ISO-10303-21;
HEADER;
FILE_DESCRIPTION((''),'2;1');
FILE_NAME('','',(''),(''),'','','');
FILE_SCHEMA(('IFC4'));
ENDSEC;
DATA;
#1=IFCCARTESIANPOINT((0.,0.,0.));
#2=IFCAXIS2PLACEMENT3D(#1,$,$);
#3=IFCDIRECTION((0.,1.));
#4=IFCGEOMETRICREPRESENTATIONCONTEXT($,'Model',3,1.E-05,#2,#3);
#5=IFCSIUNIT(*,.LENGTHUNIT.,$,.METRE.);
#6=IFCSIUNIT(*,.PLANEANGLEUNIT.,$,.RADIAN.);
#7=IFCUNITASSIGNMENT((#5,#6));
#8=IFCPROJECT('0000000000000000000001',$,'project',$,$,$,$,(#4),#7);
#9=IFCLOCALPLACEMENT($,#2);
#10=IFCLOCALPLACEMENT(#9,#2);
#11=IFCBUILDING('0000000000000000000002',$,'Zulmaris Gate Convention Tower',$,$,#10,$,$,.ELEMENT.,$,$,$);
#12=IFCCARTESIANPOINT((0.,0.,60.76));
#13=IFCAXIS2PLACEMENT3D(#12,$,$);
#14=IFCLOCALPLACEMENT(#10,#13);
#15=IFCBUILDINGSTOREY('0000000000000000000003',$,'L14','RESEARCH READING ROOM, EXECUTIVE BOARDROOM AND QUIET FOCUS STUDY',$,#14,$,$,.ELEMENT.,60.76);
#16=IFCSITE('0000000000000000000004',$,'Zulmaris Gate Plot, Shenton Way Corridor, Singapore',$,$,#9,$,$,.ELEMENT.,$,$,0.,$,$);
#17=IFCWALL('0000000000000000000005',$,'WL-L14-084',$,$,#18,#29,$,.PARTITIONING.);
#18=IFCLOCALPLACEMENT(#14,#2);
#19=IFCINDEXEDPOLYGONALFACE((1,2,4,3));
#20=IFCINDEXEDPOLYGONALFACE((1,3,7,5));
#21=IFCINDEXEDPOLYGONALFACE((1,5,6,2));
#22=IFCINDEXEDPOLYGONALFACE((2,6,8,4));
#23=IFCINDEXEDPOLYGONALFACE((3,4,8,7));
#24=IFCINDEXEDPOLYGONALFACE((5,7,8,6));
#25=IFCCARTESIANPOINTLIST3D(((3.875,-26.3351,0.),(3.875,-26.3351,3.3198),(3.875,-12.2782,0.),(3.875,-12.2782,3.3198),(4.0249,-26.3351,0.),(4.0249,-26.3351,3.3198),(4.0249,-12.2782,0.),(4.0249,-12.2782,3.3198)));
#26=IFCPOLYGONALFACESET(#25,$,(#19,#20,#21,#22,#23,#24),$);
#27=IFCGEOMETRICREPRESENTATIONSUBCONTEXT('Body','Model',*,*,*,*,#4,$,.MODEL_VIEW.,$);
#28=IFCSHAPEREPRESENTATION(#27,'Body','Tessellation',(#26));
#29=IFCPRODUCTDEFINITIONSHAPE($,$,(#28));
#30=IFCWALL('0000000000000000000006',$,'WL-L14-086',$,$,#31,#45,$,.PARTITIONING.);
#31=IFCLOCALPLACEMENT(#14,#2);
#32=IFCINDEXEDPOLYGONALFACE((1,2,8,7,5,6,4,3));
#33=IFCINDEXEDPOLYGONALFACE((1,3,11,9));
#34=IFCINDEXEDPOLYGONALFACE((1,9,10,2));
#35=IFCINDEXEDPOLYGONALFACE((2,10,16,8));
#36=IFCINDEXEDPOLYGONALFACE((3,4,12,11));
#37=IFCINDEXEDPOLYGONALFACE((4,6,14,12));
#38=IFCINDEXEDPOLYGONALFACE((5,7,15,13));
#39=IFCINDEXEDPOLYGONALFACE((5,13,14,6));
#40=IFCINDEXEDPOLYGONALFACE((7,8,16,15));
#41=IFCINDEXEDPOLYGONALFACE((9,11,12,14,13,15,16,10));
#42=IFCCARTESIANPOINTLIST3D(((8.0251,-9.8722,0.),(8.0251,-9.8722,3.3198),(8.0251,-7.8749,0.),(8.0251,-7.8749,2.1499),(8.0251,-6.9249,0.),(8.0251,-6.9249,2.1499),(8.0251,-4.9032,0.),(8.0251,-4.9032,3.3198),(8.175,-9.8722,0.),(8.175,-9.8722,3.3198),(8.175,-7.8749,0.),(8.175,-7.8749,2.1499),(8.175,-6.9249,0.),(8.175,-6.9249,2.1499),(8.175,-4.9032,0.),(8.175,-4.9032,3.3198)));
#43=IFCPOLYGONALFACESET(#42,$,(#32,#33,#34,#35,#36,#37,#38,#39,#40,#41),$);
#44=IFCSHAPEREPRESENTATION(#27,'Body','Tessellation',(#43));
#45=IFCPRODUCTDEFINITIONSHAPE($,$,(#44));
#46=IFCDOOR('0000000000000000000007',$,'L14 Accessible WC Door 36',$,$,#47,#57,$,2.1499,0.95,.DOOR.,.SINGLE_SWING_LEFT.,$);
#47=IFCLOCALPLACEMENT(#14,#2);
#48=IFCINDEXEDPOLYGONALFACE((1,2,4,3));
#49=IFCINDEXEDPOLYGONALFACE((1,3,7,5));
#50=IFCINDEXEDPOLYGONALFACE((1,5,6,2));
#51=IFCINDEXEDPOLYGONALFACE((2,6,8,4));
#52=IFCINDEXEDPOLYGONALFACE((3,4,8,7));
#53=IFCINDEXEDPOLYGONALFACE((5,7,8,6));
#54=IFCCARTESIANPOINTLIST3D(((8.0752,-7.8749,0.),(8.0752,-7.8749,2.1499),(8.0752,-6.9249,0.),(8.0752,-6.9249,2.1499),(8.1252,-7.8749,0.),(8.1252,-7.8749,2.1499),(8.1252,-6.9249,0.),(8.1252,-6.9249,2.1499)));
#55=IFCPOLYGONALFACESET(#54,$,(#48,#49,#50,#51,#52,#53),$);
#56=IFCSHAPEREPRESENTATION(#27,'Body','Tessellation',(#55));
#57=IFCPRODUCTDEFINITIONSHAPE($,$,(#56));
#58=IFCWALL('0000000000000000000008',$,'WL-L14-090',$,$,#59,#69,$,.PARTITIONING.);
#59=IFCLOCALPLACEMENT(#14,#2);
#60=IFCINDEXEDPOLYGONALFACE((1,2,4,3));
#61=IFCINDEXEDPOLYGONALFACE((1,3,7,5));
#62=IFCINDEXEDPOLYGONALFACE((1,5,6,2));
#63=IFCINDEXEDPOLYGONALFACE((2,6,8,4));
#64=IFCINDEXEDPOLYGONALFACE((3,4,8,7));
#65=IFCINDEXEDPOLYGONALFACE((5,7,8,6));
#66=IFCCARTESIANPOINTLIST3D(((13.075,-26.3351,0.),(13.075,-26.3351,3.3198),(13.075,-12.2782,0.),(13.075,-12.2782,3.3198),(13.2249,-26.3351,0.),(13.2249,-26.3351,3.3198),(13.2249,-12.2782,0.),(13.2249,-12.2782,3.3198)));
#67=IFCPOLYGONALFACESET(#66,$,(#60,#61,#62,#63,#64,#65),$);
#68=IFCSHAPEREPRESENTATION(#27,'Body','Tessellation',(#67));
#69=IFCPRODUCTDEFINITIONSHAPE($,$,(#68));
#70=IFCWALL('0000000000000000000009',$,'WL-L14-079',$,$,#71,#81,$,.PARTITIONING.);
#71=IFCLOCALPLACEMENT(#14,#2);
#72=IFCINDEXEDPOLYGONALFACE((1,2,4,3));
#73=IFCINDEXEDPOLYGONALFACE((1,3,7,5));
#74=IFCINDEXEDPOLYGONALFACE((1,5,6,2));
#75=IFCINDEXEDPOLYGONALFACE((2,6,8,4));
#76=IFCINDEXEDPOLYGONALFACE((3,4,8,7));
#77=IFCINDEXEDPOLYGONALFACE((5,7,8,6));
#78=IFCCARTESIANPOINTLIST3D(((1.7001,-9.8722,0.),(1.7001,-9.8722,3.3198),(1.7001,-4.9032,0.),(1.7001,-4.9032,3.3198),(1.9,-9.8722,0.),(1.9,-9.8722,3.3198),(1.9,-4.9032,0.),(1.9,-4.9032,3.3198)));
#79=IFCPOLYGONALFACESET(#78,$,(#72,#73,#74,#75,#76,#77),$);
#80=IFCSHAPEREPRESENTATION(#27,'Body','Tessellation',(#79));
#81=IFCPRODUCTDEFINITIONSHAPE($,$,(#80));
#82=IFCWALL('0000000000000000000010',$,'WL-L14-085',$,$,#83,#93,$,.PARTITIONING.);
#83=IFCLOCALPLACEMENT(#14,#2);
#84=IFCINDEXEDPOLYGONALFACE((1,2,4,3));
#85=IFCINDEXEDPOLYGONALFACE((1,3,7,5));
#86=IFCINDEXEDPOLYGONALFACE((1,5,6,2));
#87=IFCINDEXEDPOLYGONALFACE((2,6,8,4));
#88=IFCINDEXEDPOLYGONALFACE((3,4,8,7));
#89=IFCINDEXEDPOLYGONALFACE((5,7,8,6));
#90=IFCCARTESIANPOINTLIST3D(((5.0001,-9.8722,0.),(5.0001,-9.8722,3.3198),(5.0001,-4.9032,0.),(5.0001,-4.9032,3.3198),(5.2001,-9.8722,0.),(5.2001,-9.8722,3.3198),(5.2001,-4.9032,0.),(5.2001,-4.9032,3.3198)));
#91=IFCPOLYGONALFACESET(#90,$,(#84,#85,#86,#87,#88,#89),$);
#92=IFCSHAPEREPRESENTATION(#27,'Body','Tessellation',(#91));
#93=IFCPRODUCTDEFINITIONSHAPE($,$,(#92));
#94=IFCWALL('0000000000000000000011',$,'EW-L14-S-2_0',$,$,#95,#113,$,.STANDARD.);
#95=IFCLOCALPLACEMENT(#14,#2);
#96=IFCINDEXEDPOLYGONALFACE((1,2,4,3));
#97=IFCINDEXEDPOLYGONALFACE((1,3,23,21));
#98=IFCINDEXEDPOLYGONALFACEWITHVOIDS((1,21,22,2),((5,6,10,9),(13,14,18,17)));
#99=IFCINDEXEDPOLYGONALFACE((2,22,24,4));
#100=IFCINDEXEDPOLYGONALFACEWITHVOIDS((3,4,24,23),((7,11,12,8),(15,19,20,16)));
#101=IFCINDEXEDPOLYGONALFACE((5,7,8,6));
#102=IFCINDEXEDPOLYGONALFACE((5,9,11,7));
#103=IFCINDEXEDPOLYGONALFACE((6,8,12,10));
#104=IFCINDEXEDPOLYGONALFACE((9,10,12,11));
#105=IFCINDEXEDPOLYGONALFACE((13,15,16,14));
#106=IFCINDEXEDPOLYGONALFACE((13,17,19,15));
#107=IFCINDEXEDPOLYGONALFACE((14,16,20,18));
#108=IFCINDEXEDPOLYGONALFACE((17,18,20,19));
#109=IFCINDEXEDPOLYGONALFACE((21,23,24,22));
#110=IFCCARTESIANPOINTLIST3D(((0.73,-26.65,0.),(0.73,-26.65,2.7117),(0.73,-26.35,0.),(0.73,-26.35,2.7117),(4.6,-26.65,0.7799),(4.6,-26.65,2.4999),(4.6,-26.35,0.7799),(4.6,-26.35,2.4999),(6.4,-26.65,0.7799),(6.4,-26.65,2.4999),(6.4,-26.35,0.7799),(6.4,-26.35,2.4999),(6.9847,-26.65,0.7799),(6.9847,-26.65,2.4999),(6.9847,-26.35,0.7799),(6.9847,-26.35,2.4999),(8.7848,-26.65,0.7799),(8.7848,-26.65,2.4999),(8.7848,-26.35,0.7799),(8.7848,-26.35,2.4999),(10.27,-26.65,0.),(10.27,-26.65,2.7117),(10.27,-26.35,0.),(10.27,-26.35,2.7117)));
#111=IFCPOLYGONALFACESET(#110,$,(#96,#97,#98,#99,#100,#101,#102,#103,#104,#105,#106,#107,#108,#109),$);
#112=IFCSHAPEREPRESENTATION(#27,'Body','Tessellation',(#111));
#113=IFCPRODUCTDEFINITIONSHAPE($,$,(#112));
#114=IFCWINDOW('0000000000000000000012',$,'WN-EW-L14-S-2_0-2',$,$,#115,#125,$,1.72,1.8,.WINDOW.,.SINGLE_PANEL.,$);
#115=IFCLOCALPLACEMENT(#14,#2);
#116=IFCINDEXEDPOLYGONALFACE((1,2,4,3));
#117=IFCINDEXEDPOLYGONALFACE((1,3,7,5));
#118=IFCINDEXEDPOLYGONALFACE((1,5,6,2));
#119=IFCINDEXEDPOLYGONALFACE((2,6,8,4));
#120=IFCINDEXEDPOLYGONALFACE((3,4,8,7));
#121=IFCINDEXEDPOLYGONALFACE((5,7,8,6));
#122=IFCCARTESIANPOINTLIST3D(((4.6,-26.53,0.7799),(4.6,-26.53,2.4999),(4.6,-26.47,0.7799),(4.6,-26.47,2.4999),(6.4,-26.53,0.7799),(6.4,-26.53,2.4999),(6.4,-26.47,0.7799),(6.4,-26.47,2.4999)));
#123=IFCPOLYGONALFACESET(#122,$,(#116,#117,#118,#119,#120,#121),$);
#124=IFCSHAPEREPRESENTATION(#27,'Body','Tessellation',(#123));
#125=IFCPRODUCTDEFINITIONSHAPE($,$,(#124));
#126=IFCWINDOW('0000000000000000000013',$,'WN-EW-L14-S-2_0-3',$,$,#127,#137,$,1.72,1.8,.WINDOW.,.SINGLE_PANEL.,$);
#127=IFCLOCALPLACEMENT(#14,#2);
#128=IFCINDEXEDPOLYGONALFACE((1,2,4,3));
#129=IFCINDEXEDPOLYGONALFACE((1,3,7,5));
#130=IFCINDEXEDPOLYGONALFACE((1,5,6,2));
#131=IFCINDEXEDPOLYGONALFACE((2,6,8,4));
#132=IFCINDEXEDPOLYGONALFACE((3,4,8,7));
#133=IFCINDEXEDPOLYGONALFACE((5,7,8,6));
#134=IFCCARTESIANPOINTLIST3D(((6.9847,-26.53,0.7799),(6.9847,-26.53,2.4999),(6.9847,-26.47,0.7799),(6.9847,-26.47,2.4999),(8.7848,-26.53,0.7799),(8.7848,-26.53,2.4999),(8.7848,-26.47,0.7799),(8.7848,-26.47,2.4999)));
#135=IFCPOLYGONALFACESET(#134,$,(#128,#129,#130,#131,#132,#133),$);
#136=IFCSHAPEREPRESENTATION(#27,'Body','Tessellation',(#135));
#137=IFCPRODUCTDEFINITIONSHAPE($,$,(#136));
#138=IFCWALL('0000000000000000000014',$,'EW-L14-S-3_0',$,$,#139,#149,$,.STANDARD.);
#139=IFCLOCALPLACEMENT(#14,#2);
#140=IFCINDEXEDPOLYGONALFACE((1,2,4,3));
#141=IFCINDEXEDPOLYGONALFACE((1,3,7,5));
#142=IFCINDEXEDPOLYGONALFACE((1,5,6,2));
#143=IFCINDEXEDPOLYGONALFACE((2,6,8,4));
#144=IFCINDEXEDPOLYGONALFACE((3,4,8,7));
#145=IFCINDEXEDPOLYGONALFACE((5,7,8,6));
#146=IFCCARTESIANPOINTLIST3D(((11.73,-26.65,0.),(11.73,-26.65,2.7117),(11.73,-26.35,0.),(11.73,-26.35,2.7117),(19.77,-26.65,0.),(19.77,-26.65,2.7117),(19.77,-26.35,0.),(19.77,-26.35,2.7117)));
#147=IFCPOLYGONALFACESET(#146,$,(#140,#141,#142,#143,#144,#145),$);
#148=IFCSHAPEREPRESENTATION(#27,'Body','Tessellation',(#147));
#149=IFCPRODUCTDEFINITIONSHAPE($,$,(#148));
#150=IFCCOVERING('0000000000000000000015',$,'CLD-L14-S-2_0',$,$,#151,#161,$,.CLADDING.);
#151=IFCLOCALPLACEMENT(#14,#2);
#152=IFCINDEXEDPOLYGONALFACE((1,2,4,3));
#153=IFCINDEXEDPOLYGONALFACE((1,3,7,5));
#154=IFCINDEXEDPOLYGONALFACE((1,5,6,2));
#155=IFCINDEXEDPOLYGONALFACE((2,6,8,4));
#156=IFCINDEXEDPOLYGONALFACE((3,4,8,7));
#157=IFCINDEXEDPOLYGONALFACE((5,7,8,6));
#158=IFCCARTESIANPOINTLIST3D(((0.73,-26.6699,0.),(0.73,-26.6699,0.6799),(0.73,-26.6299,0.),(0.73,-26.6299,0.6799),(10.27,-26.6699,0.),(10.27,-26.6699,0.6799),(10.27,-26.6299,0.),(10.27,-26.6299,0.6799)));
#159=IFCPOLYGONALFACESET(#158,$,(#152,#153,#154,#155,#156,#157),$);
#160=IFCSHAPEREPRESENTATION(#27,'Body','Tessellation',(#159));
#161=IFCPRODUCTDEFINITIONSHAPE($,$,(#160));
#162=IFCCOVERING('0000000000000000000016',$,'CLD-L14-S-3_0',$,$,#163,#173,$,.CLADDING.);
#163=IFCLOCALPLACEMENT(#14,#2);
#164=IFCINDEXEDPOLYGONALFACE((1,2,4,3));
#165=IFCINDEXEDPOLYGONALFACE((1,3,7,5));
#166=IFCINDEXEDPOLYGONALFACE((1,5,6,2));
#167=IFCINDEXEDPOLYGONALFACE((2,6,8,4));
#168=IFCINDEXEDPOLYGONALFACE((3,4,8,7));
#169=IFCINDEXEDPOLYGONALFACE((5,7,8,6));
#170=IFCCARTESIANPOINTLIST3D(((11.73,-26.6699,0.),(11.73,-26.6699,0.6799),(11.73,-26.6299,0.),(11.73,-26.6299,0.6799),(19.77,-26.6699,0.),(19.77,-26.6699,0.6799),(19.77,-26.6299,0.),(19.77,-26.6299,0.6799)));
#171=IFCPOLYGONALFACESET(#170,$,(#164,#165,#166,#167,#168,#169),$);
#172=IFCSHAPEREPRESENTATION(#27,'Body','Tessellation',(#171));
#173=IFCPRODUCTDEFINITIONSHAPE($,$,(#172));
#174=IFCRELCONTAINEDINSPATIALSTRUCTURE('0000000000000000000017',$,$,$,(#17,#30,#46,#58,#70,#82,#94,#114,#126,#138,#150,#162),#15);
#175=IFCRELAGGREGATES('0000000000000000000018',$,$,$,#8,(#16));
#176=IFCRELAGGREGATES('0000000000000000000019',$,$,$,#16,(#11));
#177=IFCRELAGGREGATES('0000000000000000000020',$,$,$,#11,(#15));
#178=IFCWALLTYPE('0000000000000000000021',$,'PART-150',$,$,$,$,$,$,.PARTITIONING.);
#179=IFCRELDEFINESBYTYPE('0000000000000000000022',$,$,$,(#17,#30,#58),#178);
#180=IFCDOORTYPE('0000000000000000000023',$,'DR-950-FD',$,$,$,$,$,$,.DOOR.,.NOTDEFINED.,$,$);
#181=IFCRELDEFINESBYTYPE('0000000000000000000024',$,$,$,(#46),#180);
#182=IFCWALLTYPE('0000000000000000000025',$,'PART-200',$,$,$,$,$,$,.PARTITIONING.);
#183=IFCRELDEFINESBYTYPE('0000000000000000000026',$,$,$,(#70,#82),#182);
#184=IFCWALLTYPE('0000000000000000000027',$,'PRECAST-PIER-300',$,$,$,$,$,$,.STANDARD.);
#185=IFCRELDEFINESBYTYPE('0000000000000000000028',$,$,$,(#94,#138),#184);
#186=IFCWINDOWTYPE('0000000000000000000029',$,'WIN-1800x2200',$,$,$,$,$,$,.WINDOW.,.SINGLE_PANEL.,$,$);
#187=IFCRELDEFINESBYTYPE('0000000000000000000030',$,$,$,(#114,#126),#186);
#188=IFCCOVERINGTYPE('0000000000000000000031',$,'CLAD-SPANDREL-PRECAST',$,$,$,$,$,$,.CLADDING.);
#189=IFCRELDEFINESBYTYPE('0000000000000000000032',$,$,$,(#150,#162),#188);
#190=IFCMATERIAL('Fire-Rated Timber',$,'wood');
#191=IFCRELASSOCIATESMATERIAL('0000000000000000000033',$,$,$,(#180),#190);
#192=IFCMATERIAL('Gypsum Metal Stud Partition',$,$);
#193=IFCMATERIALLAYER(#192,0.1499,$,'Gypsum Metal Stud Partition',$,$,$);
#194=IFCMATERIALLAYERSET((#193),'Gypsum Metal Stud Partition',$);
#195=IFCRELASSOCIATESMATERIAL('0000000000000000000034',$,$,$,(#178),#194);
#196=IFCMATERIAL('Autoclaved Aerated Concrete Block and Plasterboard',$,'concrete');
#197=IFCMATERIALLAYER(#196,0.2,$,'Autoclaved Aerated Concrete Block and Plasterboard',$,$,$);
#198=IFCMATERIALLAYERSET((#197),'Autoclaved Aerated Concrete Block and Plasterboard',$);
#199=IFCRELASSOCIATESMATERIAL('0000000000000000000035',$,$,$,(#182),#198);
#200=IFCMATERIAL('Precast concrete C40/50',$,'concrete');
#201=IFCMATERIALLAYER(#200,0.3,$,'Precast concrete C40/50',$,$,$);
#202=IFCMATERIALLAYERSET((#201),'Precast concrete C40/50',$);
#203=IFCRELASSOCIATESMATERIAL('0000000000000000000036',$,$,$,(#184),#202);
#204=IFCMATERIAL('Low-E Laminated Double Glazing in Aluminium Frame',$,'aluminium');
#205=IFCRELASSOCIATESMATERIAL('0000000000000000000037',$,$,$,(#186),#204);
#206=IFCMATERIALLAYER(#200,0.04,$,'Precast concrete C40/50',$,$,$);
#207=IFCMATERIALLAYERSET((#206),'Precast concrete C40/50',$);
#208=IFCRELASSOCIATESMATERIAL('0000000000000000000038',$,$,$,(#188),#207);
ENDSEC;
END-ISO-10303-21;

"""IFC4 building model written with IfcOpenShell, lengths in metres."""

from ifc_helpers import new_model, si_unit, direction, frame, frame_2d, origin, place, context, subcontext, project, spatial, rectangle, extrude, material, layer, layer_set, type_object, element, fill, save


model = new_model("IFC4")

# Units and contexts
model_context = context("Model", 3, precision=1e-05, world=origin(), true_north=direction((0.0, 1.0)))
body_context = subcontext(model_context, "Body", "Model", "MODEL_VIEW")
ifc_project = project(units=[si_unit("LENGTHUNIT", "METRE"), si_unit("PLANEANGLEUNIT", "RADIAN")], contexts=[model_context])

# Site, building, storey
site_placement = place(None, origin())
site = spatial("IfcSite", under=ifc_project, at=site_placement, Name="Zulmaris Gate Plot, Shenton Way Corridor, Singapore", CompositionType="ELEMENT", RefElevation=0.0)
building_placement = place(site_placement, origin())
building = spatial("IfcBuilding", under=site, at=building_placement, Name="Zulmaris Gate Convention Tower", CompositionType="ELEMENT")
storey_placement = place(building_placement, frame((0.0, 0.0, 60.76)))
storey = spatial("IfcBuildingStorey", under=building, at=storey_placement, Name="L14", Description="RESEARCH READING ROOM, EXECUTIVE BOARDROOM AND QUIET FOCUS STUDY", CompositionType="ELEMENT", Elevation=60.76)

# Shared definitions
ifc_material_1 = material(Name="Fire-Rated Timber", Category="wood")
door_type = type_object("IfcDoorType", Name="DR-950-FD", OperationType="NOTDEFINED", PredefinedType="DOOR", material=ifc_material_1)

# Wall
ifc_material_2 = material(Name="Gypsum Metal Stud Partition")
ifc_layer_1 = layer(ifc_material_2, 0.1499, Name="Gypsum Metal Stud Partition")
ifc_layer_set_1 = layer_set([ifc_layer_1], Name="Gypsum Metal Stud Partition")
wall_type_1 = type_object("IfcWallType", Name="PART-150", PredefinedType="PARTITIONING", material=ifc_layer_set_1)
wall_1_placement = place(storey_placement, frame((3.95, -26.335, 0.0), z_axis=(0.0, 0.0, 1.0), x_axis=(0.0, 1.0, 0.0)))
element("IfcWall", 1, at=wall_1_placement, inside=storey, type_object=wall_type_1, Name="WL-L14-084", PredefinedType="PARTITIONING", context=body_context, shape_type="SweptSolid", body=[
    extrude(rectangle(XDim=14.0569, YDim=0.1499, at=frame_2d((7.0283, 0.0))), origin(), (0.0, 0.0, 1.0), 3.3198),
])

# Wall, opening, door
wall_2_placement = place(storey_placement, frame((8.1001, -9.8721, 0.0), z_axis=(0.0, 0.0, 1.0), x_axis=(0.0, 1.0, 0.0)))
wall_2 = element("IfcWall", 2, at=wall_2_placement, inside=storey, type_object=wall_type_1, Name="WL-L14-086", PredefinedType="PARTITIONING", context=body_context, shape_type="SweptSolid", body=[
    extrude(rectangle(XDim=4.969, YDim=0.1499, at=frame_2d((2.4844, 0.0))), origin(), (0.0, 0.0, 1.0), 3.3198),
])
opening_1_placement = place(wall_2_placement, frame((1.9971, 0.0, 0.0)))
opening_1 = element("IfcOpeningElement", 3, at=opening_1_placement, cuts=wall_2, PredefinedType="OPENING", context=body_context, shape_type="SweptSolid", body=[
    extrude(rectangle(XDim=0.95, YDim=2.1499, at=frame_2d((0.4751, 1.075))), frame((0.0, 0.085, 0.0), z_axis=(0.0, -1.0, 0.0), x_axis=(1.0, 0.0, 0.0)), (0.0, 0.0, 1.0), 0.1699),
])
door_1_placement = place(opening_1_placement, origin())
door_1 = element("IfcDoor", 4, at=door_1_placement, inside=storey, type_object=door_type, Name="L14 Accessible WC Door 36", OperationType="SINGLE_SWING_LEFT", OverallHeight=2.1499, OverallWidth=0.95, PredefinedType="DOOR", context=body_context, shape_type="SweptSolid", body=[
    extrude(rectangle(XDim=0.95, YDim=2.1499, at=frame_2d((0.4751, 1.075))), frame((0.0, 0.0249, 0.0), z_axis=(0.0, -1.0, 0.0), x_axis=(1.0, 0.0, 0.0)), (0.0, 0.0, 1.0), 0.05),
])
fill(opening_1, door_1)

# Walls
wall_3_placement = place(storey_placement, frame((13.1499, -26.335, 0.0), z_axis=(0.0, 0.0, 1.0), x_axis=(0.0, 1.0, 0.0)))
element("IfcWall", 5, at=wall_3_placement, inside=storey, type_object=wall_type_1, Name="WL-L14-090", PredefinedType="PARTITIONING", context=body_context, shape_type="SweptSolid", body=[
    extrude(rectangle(XDim=14.0569, YDim=0.1499, at=frame_2d((7.0283, 0.0))), origin(), (0.0, 0.0, 1.0), 3.3198),
])
ifc_material_3 = material(Name="Autoclaved Aerated Concrete Block and Plasterboard", Category="concrete")
ifc_layer_2 = layer(ifc_material_3, 0.2, Name="Autoclaved Aerated Concrete Block and Plasterboard")
ifc_layer_set_2 = layer_set([ifc_layer_2], Name="Autoclaved Aerated Concrete Block and Plasterboard")
wall_type_2 = type_object("IfcWallType", Name="PART-200", PredefinedType="PARTITIONING", material=ifc_layer_set_2)
for number, where, z_axis, x_axis, name in (
    (6, (1.8, -9.8721, 0.0), (0.0, 0.0, 1.0), (0.0, 1.0, 0.0), "WL-L14-079"),
    (7, (5.1001, -9.8721, 0.0), (0.0, 0.0, 1.0), (0.0, 1.0, 0.0), "WL-L14-085"),
):
    element("IfcWall", number, at=place(storey_placement, frame(where, z_axis=z_axis, x_axis=x_axis)), inside=storey, type_object=wall_type_2, Name=name, PredefinedType="PARTITIONING", context=body_context, shape_type="SweptSolid", body=[
        extrude(rectangle(XDim=4.969, YDim=0.2, at=frame_2d((2.4844, 0.0))), origin(), (0.0, 0.0, 1.0), 3.3198),
    ])

# Wall, openings, windows
ifc_material_4 = material(Name="Precast concrete C40/50", Category="concrete")
ifc_layer_3 = layer(ifc_material_4, 0.3, Name="Precast concrete C40/50")
ifc_layer_set_3 = layer_set([ifc_layer_3], Name="Precast concrete C40/50")
wall_type_3 = type_object("IfcWallType", Name="PRECAST-PIER-300", PredefinedType="STANDARD", material=ifc_layer_set_3)
wall_4_placement = place(storey_placement, frame((0.73, -26.5, 0.0), z_axis=(0.0, 0.0, 1.0), x_axis=(1.0, 0.0, 0.0)))
wall_4 = element("IfcWall", 8, at=wall_4_placement, inside=storey, type_object=wall_type_3, Name="EW-L14-S-2_0", PredefinedType="STANDARD", context=body_context, shape_type="SweptSolid", body=[
    extrude(rectangle(XDim=9.54, YDim=0.3, at=frame_2d((4.77, 0.0))), origin(), (0.0, 0.0, 1.0), 2.7117),
])
opening_2_placement = place(wall_4_placement, frame((3.8701, 0.0, 0.78)))
opening_2 = element("IfcOpeningElement", 9, at=opening_2_placement, cuts=wall_4, PredefinedType="OPENING", context=body_context, shape_type="SweptSolid", body=[
    extrude(rectangle(XDim=1.8, YDim=1.72, at=frame_2d((0.8999, 0.8599))), frame((0.0, 0.1602, 0.0), z_axis=(0.0, -1.0, 0.0), x_axis=(1.0, 0.0, 0.0)), (0.0, 0.0, 1.0), 0.3201),
])
opening_3_placement = place(wall_4_placement, frame((6.2549, 0.0, 0.78)))
opening_3 = element("IfcOpeningElement", 10, at=opening_3_placement, cuts=wall_4, PredefinedType="OPENING", context=body_context, shape_type="SweptSolid", body=[
    extrude(rectangle(XDim=1.8, YDim=1.72, at=frame_2d((0.8999, 0.8599))), frame((0.0, 0.1602, 0.0), z_axis=(0.0, -1.0, 0.0), x_axis=(1.0, 0.0, 0.0)), (0.0, 0.0, 1.0), 0.3201),
])
ifc_material_5 = material(Name="Low-E Laminated Double Glazing in Aluminium Frame", Category="aluminium")
window_type = type_object("IfcWindowType", Name="WIN-1800x2200", PartitioningType="SINGLE_PANEL", PredefinedType="WINDOW", material=ifc_material_5)
window_1_placement = place(opening_2_placement, origin())
window_1 = element("IfcWindow", 11, at=window_1_placement, inside=storey, type_object=window_type, Name="WN-EW-L14-S-2_0-2", OverallHeight=1.72, OverallWidth=1.8, PartitioningType="SINGLE_PANEL", PredefinedType="WINDOW", context=body_context, shape_type="SweptSolid", body=[
    extrude(rectangle(XDim=1.8, YDim=1.72, at=frame_2d((0.8999, 0.8599))), frame((0.0, 0.03, 0.0), z_axis=(0.0, -1.0, 0.0), x_axis=(1.0, 0.0, 0.0)), (0.0, 0.0, 1.0), 0.0601),
])
fill(opening_2, window_1)
window_2_placement = place(opening_3_placement, origin())
window_2 = element("IfcWindow", 12, at=window_2_placement, inside=storey, type_object=window_type, Name="WN-EW-L14-S-2_0-3", OverallHeight=1.72, OverallWidth=1.8, PartitioningType="SINGLE_PANEL", PredefinedType="WINDOW", context=body_context, shape_type="SweptSolid", body=[
    extrude(rectangle(XDim=1.8, YDim=1.72, at=frame_2d((0.8999, 0.8599))), frame((0.0, 0.03, 0.0), z_axis=(0.0, -1.0, 0.0), x_axis=(1.0, 0.0, 0.0)), (0.0, 0.0, 1.0), 0.0601),
])
fill(opening_3, window_2)

# Wall
wall_5_placement = place(storey_placement, frame((11.73, -26.5, 0.0), z_axis=(0.0, 0.0, 1.0), x_axis=(1.0, 0.0, 0.0)))
element("IfcWall", 13, at=wall_5_placement, inside=storey, type_object=wall_type_3, Name="EW-L14-S-3_0", PredefinedType="STANDARD", context=body_context, shape_type="SweptSolid", body=[
    extrude(rectangle(XDim=8.04, YDim=0.3, at=frame_2d((4.02, 0.0))), origin(), (0.0, 0.0, 1.0), 2.7117),
])

# Coverings
ifc_layer_4 = layer(ifc_material_4, 0.04, Name="Precast concrete C40/50")
ifc_layer_set_4 = layer_set([ifc_layer_4], Name="Precast concrete C40/50")
covering_type = type_object("IfcCoveringType", Name="CLAD-SPANDREL-PRECAST", PredefinedType="CLADDING", material=ifc_layer_set_4)
covering_1_placement = place(storey_placement, frame((0.73, -26.6499, 0.0), z_axis=(0.0, 0.0, 1.0), x_axis=(1.0, 0.0, 0.0)))
element("IfcCovering", 14, at=covering_1_placement, inside=storey, type_object=covering_type, Name="CLD-L14-S-2_0", PredefinedType="CLADDING", context=body_context, shape_type="SweptSolid", body=[
    extrude(rectangle(XDim=9.54, YDim=0.04, at=frame_2d((4.77, 0.0))), origin(), (0.0, 0.0, 1.0), 0.6799),
])
covering_2_placement = place(storey_placement, frame((11.73, -26.6499, 0.0), z_axis=(0.0, 0.0, 1.0), x_axis=(1.0, 0.0, 0.0)))
element("IfcCovering", 15, at=covering_2_placement, inside=storey, type_object=covering_type, Name="CLD-L14-S-3_0", PredefinedType="CLADDING", context=body_context, shape_type="SweptSolid", body=[
    extrude(rectangle(XDim=8.04, YDim=0.04, at=frame_2d((4.02, 0.0))), origin(), (0.0, 0.0, 1.0), 0.6799),
])

save(model, "model.ifc")
